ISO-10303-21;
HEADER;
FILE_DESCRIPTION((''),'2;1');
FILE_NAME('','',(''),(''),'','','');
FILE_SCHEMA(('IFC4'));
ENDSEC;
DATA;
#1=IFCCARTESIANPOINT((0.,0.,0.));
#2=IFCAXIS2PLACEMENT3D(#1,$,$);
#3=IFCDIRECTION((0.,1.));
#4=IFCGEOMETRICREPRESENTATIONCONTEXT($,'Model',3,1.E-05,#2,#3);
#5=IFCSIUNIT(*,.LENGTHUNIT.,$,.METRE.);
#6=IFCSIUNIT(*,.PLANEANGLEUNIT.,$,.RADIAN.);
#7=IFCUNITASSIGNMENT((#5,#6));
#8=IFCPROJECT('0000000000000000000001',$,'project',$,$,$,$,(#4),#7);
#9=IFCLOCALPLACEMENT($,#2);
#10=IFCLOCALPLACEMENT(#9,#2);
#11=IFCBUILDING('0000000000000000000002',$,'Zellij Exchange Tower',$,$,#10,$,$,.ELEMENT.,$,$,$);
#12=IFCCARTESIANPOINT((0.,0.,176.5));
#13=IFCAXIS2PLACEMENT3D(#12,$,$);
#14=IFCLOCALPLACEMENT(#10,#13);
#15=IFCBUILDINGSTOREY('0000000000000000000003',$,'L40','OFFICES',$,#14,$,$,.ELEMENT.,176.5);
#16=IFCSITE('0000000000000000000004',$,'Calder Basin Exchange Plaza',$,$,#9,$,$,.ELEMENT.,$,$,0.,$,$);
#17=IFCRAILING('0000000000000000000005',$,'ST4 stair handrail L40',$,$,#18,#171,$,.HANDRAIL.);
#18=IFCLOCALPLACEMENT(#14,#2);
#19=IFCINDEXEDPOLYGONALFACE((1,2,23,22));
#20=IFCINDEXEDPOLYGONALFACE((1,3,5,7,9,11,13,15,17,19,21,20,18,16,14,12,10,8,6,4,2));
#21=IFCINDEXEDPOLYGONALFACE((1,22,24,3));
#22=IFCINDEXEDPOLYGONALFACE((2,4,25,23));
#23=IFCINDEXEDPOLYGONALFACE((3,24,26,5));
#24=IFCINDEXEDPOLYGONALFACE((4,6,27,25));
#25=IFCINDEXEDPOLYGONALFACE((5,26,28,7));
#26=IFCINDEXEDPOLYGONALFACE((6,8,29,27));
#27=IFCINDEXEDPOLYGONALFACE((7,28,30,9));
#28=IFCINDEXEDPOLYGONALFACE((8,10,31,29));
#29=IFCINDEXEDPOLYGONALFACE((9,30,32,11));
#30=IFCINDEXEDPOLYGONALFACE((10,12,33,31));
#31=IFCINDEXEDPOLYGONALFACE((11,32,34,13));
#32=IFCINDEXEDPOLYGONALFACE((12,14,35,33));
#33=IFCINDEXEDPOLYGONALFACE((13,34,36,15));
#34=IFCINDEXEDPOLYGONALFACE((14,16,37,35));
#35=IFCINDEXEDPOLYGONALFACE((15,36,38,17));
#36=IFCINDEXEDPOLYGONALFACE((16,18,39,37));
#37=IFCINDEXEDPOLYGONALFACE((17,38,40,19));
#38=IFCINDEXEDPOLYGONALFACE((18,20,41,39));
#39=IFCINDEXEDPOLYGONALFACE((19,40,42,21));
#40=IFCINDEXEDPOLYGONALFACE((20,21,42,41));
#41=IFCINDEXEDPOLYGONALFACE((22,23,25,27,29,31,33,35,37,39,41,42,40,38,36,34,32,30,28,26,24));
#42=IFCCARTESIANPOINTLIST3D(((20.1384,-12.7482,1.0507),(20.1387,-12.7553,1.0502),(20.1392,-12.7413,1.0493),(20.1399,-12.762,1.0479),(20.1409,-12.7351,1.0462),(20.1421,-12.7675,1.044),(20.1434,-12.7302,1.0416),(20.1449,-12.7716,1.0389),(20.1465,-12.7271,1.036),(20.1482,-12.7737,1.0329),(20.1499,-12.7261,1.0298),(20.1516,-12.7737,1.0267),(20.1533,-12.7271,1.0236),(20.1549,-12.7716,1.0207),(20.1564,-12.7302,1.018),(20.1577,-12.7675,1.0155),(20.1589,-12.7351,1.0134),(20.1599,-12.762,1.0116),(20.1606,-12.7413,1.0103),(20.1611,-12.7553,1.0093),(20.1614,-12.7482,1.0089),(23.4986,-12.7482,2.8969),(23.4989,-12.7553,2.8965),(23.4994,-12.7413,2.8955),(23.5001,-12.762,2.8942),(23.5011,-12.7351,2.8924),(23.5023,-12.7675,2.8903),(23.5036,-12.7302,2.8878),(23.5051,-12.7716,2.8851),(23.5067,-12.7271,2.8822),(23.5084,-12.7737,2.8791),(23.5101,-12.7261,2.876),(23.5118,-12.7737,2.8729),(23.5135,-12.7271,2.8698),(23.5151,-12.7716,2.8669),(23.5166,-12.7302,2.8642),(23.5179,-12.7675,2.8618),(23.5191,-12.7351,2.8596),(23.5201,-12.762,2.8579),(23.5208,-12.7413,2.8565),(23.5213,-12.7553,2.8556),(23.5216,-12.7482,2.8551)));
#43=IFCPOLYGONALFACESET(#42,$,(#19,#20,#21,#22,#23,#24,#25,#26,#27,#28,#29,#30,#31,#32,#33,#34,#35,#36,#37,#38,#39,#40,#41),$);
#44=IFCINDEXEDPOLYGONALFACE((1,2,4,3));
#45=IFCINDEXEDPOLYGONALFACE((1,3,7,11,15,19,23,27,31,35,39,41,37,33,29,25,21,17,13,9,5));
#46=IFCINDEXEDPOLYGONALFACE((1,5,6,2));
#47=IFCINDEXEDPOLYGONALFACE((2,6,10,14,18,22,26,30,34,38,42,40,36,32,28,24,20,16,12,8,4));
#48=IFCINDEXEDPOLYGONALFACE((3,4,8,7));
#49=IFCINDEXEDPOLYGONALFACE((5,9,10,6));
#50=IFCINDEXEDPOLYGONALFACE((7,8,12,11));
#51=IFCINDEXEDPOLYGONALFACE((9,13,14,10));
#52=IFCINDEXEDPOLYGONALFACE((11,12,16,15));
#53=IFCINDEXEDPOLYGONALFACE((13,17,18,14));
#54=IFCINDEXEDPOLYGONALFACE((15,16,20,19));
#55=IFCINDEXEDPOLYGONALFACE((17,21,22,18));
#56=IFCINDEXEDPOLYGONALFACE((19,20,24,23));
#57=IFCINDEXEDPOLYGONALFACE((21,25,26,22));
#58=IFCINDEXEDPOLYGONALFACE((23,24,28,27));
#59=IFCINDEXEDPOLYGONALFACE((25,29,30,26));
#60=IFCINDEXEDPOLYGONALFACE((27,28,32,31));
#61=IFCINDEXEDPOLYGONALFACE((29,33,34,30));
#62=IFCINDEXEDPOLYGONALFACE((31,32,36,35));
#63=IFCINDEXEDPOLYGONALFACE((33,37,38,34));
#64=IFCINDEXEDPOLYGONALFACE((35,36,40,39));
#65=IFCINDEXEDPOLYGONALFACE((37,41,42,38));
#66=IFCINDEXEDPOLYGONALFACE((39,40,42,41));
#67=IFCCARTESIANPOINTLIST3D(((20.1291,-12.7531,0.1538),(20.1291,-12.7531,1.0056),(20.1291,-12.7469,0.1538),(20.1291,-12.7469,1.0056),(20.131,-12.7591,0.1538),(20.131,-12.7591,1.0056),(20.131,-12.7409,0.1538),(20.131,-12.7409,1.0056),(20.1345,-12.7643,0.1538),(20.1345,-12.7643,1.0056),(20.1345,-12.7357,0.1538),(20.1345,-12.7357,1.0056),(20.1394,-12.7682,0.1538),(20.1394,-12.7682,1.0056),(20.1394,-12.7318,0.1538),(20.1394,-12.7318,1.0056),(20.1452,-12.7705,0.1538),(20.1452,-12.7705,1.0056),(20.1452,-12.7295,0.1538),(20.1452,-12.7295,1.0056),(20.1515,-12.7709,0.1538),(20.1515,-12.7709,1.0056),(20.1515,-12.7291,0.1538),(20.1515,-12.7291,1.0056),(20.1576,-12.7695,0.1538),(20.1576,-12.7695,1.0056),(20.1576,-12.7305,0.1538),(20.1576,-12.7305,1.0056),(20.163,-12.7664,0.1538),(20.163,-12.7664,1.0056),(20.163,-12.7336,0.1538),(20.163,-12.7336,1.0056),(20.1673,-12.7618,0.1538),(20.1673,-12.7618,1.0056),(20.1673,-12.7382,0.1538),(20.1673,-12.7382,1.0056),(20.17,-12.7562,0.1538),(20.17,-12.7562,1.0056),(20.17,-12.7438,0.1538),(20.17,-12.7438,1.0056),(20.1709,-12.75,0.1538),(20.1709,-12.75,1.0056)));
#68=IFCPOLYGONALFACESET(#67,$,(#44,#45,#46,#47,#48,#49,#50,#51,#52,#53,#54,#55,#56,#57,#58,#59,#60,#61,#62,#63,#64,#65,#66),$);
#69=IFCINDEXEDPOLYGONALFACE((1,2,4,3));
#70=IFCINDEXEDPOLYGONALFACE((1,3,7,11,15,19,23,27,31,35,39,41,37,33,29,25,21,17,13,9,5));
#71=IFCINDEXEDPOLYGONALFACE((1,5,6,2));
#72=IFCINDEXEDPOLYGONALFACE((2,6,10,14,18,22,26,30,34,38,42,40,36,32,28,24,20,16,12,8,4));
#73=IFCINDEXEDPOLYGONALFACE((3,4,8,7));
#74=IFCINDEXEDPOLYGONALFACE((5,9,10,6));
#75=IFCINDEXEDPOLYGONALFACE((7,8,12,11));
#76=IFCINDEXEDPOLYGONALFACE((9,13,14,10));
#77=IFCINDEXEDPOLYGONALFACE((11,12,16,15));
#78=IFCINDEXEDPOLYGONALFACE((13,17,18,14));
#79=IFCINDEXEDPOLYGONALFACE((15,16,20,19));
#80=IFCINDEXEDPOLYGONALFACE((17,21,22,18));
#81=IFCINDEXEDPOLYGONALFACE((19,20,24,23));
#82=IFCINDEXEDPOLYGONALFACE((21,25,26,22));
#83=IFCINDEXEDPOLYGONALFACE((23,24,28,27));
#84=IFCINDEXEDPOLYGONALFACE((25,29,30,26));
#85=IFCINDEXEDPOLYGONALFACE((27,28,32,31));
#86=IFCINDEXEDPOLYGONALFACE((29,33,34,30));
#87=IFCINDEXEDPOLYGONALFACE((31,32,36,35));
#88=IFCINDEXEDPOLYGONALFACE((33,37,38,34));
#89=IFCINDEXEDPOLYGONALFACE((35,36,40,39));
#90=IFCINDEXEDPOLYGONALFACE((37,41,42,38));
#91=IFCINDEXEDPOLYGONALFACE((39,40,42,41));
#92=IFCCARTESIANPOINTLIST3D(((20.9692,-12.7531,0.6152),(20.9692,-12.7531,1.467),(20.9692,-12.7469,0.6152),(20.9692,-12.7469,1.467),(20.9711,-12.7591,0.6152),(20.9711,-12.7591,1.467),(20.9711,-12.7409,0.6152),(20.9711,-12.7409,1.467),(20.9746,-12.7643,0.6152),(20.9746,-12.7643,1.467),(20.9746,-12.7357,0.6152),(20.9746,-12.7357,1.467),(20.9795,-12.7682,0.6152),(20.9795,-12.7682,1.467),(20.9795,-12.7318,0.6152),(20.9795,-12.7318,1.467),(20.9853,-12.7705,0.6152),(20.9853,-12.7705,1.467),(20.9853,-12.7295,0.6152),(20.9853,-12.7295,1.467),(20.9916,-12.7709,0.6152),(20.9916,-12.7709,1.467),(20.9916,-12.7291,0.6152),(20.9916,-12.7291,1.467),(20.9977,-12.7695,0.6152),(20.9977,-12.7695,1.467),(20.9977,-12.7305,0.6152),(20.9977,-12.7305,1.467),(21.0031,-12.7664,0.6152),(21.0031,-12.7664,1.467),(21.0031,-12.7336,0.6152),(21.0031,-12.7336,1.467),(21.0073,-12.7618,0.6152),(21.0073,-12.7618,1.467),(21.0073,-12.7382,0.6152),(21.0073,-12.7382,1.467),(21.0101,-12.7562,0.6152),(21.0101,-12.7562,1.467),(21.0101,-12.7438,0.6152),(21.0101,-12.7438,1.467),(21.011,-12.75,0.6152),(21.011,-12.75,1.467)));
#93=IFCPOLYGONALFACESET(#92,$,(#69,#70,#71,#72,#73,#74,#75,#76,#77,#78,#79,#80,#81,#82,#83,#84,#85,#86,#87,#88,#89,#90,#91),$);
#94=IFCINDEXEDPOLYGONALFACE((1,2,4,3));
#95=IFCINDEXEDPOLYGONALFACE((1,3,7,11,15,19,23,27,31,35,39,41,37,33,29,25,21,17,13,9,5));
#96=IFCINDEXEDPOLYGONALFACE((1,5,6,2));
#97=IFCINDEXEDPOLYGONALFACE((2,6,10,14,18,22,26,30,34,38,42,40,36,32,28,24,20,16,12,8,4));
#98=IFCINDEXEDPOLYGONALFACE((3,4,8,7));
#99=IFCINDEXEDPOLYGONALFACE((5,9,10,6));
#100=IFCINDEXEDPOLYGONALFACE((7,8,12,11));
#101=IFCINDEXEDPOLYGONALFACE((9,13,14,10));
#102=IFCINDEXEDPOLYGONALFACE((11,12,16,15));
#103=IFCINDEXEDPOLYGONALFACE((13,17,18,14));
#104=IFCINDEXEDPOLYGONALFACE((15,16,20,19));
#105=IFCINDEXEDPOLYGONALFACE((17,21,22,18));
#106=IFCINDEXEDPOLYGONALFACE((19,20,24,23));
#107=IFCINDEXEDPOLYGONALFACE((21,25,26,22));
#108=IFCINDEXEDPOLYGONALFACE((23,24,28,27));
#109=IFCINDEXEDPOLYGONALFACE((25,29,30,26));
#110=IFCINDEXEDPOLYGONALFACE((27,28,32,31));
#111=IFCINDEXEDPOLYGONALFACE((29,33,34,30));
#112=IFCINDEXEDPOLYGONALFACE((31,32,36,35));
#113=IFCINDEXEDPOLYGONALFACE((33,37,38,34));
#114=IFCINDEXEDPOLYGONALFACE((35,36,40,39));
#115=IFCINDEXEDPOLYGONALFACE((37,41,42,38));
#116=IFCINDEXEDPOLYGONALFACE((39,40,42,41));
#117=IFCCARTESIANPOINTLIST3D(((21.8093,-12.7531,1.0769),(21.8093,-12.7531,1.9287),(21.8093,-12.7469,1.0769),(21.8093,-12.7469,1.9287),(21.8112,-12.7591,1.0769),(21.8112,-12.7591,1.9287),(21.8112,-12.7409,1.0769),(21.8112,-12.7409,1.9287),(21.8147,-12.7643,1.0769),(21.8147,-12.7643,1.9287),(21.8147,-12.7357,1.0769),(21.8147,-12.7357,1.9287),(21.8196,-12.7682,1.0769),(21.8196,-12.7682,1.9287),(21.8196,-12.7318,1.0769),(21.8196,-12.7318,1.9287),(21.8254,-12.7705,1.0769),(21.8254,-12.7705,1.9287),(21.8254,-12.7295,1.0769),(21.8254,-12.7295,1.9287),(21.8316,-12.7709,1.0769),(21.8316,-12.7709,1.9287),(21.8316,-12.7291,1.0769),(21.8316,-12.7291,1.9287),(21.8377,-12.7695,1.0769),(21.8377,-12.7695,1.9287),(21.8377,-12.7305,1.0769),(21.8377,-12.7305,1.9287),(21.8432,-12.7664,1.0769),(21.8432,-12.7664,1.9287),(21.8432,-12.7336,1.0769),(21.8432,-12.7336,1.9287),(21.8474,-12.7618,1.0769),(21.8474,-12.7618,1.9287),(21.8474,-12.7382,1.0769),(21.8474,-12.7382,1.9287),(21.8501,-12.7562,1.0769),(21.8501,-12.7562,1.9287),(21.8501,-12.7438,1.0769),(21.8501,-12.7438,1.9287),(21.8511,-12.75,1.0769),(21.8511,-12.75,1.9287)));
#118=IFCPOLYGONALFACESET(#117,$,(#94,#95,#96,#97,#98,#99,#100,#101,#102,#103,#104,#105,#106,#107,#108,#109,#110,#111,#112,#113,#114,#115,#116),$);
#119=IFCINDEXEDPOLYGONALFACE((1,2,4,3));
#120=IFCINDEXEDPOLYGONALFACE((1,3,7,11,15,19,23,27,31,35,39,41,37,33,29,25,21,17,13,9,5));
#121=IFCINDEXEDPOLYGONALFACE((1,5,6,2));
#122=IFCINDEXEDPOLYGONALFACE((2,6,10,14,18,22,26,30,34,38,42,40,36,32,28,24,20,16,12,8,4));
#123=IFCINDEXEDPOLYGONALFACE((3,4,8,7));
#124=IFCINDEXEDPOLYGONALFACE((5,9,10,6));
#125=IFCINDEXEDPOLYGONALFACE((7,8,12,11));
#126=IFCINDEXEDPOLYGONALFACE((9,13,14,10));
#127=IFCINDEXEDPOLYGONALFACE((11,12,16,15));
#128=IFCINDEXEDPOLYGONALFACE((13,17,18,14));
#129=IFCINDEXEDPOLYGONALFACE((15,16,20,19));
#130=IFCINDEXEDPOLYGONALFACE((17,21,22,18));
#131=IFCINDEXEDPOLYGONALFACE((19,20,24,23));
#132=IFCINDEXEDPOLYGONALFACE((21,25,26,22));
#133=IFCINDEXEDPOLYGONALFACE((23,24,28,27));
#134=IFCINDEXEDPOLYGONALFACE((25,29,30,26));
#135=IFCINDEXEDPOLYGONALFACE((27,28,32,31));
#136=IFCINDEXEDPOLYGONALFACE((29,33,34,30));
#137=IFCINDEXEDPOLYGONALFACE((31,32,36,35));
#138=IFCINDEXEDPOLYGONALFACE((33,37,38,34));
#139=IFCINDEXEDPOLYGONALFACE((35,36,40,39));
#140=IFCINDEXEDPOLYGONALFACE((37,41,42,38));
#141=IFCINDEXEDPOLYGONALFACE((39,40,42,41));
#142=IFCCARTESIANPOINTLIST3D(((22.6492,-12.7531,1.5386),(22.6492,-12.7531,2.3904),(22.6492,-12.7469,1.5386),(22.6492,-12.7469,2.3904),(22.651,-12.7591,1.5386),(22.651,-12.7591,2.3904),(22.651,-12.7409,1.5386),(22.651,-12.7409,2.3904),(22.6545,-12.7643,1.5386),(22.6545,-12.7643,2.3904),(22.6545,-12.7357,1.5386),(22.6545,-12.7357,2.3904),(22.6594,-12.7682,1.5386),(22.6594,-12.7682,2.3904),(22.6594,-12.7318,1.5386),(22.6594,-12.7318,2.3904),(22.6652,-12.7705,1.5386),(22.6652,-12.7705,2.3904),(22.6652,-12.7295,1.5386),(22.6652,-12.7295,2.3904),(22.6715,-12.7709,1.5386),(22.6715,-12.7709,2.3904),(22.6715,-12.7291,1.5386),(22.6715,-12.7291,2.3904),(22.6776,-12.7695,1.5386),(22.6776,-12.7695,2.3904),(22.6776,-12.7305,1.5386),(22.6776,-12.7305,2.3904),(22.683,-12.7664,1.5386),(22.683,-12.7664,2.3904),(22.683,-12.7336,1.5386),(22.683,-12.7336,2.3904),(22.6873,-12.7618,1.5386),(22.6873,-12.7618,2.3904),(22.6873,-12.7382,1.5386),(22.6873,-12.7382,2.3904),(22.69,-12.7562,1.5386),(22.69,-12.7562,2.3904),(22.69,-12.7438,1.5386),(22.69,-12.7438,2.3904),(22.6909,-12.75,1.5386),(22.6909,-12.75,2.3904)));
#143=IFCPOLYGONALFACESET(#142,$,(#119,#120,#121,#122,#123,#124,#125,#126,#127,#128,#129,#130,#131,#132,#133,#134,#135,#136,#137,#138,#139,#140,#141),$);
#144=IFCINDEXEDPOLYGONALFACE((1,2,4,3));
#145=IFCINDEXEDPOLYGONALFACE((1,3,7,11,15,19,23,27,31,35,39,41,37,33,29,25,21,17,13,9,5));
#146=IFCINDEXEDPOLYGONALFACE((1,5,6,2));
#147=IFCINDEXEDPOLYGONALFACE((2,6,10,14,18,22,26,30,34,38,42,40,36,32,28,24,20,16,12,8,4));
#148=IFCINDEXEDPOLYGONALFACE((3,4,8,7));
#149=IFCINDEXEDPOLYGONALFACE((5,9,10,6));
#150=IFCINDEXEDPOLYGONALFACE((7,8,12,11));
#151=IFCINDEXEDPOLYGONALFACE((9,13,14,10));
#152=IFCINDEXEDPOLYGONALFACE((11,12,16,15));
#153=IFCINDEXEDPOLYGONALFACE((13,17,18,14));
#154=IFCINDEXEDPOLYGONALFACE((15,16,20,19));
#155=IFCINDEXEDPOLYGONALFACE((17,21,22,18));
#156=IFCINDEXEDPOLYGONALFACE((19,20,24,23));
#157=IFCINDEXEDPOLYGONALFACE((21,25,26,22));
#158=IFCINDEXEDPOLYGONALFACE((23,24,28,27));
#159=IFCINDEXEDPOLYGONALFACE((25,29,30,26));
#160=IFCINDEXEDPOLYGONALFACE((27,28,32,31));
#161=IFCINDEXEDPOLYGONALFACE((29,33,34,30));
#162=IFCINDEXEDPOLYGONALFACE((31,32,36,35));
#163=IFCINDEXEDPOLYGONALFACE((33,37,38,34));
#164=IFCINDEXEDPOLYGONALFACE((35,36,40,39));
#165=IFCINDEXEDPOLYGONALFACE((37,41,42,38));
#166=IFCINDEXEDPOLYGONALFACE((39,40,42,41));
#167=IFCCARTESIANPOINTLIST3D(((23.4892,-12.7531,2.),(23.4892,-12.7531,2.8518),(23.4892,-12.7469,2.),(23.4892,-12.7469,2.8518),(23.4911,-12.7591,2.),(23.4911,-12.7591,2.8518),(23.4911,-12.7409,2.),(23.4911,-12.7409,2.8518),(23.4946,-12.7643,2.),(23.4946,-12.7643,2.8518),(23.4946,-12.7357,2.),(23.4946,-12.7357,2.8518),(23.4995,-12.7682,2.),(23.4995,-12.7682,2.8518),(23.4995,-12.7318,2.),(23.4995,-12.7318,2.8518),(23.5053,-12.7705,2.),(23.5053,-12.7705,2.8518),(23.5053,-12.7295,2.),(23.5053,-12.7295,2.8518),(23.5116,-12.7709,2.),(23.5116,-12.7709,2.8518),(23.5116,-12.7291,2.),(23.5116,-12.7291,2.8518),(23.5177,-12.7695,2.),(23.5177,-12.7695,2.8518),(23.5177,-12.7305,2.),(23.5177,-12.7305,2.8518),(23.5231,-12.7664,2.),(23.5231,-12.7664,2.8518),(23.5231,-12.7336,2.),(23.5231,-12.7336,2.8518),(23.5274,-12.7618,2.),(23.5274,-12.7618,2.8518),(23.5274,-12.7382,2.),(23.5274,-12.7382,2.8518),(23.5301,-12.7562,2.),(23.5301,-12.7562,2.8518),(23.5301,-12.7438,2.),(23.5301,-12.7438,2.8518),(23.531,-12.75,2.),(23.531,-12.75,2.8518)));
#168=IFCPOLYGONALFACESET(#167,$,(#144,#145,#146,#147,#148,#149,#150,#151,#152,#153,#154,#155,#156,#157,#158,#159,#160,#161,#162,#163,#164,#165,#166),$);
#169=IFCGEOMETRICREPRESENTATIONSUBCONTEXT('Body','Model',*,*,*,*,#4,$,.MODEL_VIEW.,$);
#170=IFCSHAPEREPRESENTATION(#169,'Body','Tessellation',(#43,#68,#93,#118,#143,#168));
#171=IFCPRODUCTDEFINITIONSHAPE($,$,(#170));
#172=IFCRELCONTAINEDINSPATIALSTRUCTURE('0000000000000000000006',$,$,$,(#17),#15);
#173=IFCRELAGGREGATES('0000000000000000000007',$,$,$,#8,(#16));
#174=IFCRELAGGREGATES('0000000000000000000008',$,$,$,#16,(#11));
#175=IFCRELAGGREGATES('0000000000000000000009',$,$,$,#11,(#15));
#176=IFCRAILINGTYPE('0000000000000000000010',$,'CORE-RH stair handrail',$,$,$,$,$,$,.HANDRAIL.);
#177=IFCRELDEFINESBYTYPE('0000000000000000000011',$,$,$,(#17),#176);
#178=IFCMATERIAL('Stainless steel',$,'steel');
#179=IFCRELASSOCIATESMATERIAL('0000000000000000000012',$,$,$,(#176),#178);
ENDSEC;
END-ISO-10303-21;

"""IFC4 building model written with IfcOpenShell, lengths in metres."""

from ifc_helpers import new_model, si_unit, direction, frame, origin, origin_2d, place, context, subcontext, project, spatial, circle, extrude, material, type_object, element, save


model = new_model("IFC4")

# Units and contexts
model_context = context("Model", 3, precision=1e-05, world=origin(), true_north=direction((0.0, 1.0)))
body_context = subcontext(model_context, "Body", "Model", "MODEL_VIEW")
ifc_project = project(units=[si_unit("LENGTHUNIT", "METRE"), si_unit("PLANEANGLEUNIT", "RADIAN")], contexts=[model_context])

# Site, building, storey
site_placement = place(None, origin())
site = spatial("IfcSite", under=ifc_project, at=site_placement, Name="Calder Basin Exchange Plaza", CompositionType="ELEMENT", RefElevation=0.0)
building_placement = place(site_placement, origin())
building = spatial("IfcBuilding", under=site, at=building_placement, Name="Zellij Exchange Tower", CompositionType="ELEMENT")
storey_placement = place(building_placement, frame((0.0, 0.0, 176.5)))
storey = spatial("IfcBuildingStorey", under=building, at=storey_placement, Name="L40", Description="OFFICES", CompositionType="ELEMENT", Elevation=176.5)

# Railing
ifc_material_1 = material(Name="Stainless steel", Category="steel")
railing_type_1 = type_object("IfcRailingType", Name="CORE-RH stair handrail", PredefinedType="HANDRAIL", material=ifc_material_1)
railing_1_placement = place(storey_placement, frame((20.1499, -12.75, 0.1538)))
element("IfcRailing", 1, at=railing_1_placement, inside=storey, type_object=railing_type_1, Name="ST4 stair handrail L40", PredefinedType="HANDRAIL", context=body_context, shape_type="SweptSolid", body=[
    extrude(circle(Radius=0.0239, at=origin_2d()), frame((0.0, 0.0, 0.876), z_axis=(0.876422, 0.0, 0.481545), x_axis=(0.0, 1.0, 0.0)), (0.0, 0.0, 1.0), 3.834),
    extrude(circle(Radius=0.021, at=origin_2d()), origin(), (0.0, 0.0, 1.0), 0.8518),
    extrude(circle(Radius=0.021, at=origin_2d()), frame((0.8401, 0.0, 0.4614)), (0.0, 0.0, 1.0), 0.8518),
    extrude(circle(Radius=0.021, at=origin_2d()), frame((1.6802, 0.0, 0.9231)), (0.0, 0.0, 1.0), 0.8518),
    extrude(circle(Radius=0.021, at=origin_2d()), frame((2.52, 0.0, 1.3848)), (0.0, 0.0, 1.0), 0.8518),
    extrude(circle(Radius=0.021, at=origin_2d()), frame((3.3601, 0.0, 1.8462)), (0.0, 0.0, 1.0), 0.8518),
])

save(model, "model.ifc")
